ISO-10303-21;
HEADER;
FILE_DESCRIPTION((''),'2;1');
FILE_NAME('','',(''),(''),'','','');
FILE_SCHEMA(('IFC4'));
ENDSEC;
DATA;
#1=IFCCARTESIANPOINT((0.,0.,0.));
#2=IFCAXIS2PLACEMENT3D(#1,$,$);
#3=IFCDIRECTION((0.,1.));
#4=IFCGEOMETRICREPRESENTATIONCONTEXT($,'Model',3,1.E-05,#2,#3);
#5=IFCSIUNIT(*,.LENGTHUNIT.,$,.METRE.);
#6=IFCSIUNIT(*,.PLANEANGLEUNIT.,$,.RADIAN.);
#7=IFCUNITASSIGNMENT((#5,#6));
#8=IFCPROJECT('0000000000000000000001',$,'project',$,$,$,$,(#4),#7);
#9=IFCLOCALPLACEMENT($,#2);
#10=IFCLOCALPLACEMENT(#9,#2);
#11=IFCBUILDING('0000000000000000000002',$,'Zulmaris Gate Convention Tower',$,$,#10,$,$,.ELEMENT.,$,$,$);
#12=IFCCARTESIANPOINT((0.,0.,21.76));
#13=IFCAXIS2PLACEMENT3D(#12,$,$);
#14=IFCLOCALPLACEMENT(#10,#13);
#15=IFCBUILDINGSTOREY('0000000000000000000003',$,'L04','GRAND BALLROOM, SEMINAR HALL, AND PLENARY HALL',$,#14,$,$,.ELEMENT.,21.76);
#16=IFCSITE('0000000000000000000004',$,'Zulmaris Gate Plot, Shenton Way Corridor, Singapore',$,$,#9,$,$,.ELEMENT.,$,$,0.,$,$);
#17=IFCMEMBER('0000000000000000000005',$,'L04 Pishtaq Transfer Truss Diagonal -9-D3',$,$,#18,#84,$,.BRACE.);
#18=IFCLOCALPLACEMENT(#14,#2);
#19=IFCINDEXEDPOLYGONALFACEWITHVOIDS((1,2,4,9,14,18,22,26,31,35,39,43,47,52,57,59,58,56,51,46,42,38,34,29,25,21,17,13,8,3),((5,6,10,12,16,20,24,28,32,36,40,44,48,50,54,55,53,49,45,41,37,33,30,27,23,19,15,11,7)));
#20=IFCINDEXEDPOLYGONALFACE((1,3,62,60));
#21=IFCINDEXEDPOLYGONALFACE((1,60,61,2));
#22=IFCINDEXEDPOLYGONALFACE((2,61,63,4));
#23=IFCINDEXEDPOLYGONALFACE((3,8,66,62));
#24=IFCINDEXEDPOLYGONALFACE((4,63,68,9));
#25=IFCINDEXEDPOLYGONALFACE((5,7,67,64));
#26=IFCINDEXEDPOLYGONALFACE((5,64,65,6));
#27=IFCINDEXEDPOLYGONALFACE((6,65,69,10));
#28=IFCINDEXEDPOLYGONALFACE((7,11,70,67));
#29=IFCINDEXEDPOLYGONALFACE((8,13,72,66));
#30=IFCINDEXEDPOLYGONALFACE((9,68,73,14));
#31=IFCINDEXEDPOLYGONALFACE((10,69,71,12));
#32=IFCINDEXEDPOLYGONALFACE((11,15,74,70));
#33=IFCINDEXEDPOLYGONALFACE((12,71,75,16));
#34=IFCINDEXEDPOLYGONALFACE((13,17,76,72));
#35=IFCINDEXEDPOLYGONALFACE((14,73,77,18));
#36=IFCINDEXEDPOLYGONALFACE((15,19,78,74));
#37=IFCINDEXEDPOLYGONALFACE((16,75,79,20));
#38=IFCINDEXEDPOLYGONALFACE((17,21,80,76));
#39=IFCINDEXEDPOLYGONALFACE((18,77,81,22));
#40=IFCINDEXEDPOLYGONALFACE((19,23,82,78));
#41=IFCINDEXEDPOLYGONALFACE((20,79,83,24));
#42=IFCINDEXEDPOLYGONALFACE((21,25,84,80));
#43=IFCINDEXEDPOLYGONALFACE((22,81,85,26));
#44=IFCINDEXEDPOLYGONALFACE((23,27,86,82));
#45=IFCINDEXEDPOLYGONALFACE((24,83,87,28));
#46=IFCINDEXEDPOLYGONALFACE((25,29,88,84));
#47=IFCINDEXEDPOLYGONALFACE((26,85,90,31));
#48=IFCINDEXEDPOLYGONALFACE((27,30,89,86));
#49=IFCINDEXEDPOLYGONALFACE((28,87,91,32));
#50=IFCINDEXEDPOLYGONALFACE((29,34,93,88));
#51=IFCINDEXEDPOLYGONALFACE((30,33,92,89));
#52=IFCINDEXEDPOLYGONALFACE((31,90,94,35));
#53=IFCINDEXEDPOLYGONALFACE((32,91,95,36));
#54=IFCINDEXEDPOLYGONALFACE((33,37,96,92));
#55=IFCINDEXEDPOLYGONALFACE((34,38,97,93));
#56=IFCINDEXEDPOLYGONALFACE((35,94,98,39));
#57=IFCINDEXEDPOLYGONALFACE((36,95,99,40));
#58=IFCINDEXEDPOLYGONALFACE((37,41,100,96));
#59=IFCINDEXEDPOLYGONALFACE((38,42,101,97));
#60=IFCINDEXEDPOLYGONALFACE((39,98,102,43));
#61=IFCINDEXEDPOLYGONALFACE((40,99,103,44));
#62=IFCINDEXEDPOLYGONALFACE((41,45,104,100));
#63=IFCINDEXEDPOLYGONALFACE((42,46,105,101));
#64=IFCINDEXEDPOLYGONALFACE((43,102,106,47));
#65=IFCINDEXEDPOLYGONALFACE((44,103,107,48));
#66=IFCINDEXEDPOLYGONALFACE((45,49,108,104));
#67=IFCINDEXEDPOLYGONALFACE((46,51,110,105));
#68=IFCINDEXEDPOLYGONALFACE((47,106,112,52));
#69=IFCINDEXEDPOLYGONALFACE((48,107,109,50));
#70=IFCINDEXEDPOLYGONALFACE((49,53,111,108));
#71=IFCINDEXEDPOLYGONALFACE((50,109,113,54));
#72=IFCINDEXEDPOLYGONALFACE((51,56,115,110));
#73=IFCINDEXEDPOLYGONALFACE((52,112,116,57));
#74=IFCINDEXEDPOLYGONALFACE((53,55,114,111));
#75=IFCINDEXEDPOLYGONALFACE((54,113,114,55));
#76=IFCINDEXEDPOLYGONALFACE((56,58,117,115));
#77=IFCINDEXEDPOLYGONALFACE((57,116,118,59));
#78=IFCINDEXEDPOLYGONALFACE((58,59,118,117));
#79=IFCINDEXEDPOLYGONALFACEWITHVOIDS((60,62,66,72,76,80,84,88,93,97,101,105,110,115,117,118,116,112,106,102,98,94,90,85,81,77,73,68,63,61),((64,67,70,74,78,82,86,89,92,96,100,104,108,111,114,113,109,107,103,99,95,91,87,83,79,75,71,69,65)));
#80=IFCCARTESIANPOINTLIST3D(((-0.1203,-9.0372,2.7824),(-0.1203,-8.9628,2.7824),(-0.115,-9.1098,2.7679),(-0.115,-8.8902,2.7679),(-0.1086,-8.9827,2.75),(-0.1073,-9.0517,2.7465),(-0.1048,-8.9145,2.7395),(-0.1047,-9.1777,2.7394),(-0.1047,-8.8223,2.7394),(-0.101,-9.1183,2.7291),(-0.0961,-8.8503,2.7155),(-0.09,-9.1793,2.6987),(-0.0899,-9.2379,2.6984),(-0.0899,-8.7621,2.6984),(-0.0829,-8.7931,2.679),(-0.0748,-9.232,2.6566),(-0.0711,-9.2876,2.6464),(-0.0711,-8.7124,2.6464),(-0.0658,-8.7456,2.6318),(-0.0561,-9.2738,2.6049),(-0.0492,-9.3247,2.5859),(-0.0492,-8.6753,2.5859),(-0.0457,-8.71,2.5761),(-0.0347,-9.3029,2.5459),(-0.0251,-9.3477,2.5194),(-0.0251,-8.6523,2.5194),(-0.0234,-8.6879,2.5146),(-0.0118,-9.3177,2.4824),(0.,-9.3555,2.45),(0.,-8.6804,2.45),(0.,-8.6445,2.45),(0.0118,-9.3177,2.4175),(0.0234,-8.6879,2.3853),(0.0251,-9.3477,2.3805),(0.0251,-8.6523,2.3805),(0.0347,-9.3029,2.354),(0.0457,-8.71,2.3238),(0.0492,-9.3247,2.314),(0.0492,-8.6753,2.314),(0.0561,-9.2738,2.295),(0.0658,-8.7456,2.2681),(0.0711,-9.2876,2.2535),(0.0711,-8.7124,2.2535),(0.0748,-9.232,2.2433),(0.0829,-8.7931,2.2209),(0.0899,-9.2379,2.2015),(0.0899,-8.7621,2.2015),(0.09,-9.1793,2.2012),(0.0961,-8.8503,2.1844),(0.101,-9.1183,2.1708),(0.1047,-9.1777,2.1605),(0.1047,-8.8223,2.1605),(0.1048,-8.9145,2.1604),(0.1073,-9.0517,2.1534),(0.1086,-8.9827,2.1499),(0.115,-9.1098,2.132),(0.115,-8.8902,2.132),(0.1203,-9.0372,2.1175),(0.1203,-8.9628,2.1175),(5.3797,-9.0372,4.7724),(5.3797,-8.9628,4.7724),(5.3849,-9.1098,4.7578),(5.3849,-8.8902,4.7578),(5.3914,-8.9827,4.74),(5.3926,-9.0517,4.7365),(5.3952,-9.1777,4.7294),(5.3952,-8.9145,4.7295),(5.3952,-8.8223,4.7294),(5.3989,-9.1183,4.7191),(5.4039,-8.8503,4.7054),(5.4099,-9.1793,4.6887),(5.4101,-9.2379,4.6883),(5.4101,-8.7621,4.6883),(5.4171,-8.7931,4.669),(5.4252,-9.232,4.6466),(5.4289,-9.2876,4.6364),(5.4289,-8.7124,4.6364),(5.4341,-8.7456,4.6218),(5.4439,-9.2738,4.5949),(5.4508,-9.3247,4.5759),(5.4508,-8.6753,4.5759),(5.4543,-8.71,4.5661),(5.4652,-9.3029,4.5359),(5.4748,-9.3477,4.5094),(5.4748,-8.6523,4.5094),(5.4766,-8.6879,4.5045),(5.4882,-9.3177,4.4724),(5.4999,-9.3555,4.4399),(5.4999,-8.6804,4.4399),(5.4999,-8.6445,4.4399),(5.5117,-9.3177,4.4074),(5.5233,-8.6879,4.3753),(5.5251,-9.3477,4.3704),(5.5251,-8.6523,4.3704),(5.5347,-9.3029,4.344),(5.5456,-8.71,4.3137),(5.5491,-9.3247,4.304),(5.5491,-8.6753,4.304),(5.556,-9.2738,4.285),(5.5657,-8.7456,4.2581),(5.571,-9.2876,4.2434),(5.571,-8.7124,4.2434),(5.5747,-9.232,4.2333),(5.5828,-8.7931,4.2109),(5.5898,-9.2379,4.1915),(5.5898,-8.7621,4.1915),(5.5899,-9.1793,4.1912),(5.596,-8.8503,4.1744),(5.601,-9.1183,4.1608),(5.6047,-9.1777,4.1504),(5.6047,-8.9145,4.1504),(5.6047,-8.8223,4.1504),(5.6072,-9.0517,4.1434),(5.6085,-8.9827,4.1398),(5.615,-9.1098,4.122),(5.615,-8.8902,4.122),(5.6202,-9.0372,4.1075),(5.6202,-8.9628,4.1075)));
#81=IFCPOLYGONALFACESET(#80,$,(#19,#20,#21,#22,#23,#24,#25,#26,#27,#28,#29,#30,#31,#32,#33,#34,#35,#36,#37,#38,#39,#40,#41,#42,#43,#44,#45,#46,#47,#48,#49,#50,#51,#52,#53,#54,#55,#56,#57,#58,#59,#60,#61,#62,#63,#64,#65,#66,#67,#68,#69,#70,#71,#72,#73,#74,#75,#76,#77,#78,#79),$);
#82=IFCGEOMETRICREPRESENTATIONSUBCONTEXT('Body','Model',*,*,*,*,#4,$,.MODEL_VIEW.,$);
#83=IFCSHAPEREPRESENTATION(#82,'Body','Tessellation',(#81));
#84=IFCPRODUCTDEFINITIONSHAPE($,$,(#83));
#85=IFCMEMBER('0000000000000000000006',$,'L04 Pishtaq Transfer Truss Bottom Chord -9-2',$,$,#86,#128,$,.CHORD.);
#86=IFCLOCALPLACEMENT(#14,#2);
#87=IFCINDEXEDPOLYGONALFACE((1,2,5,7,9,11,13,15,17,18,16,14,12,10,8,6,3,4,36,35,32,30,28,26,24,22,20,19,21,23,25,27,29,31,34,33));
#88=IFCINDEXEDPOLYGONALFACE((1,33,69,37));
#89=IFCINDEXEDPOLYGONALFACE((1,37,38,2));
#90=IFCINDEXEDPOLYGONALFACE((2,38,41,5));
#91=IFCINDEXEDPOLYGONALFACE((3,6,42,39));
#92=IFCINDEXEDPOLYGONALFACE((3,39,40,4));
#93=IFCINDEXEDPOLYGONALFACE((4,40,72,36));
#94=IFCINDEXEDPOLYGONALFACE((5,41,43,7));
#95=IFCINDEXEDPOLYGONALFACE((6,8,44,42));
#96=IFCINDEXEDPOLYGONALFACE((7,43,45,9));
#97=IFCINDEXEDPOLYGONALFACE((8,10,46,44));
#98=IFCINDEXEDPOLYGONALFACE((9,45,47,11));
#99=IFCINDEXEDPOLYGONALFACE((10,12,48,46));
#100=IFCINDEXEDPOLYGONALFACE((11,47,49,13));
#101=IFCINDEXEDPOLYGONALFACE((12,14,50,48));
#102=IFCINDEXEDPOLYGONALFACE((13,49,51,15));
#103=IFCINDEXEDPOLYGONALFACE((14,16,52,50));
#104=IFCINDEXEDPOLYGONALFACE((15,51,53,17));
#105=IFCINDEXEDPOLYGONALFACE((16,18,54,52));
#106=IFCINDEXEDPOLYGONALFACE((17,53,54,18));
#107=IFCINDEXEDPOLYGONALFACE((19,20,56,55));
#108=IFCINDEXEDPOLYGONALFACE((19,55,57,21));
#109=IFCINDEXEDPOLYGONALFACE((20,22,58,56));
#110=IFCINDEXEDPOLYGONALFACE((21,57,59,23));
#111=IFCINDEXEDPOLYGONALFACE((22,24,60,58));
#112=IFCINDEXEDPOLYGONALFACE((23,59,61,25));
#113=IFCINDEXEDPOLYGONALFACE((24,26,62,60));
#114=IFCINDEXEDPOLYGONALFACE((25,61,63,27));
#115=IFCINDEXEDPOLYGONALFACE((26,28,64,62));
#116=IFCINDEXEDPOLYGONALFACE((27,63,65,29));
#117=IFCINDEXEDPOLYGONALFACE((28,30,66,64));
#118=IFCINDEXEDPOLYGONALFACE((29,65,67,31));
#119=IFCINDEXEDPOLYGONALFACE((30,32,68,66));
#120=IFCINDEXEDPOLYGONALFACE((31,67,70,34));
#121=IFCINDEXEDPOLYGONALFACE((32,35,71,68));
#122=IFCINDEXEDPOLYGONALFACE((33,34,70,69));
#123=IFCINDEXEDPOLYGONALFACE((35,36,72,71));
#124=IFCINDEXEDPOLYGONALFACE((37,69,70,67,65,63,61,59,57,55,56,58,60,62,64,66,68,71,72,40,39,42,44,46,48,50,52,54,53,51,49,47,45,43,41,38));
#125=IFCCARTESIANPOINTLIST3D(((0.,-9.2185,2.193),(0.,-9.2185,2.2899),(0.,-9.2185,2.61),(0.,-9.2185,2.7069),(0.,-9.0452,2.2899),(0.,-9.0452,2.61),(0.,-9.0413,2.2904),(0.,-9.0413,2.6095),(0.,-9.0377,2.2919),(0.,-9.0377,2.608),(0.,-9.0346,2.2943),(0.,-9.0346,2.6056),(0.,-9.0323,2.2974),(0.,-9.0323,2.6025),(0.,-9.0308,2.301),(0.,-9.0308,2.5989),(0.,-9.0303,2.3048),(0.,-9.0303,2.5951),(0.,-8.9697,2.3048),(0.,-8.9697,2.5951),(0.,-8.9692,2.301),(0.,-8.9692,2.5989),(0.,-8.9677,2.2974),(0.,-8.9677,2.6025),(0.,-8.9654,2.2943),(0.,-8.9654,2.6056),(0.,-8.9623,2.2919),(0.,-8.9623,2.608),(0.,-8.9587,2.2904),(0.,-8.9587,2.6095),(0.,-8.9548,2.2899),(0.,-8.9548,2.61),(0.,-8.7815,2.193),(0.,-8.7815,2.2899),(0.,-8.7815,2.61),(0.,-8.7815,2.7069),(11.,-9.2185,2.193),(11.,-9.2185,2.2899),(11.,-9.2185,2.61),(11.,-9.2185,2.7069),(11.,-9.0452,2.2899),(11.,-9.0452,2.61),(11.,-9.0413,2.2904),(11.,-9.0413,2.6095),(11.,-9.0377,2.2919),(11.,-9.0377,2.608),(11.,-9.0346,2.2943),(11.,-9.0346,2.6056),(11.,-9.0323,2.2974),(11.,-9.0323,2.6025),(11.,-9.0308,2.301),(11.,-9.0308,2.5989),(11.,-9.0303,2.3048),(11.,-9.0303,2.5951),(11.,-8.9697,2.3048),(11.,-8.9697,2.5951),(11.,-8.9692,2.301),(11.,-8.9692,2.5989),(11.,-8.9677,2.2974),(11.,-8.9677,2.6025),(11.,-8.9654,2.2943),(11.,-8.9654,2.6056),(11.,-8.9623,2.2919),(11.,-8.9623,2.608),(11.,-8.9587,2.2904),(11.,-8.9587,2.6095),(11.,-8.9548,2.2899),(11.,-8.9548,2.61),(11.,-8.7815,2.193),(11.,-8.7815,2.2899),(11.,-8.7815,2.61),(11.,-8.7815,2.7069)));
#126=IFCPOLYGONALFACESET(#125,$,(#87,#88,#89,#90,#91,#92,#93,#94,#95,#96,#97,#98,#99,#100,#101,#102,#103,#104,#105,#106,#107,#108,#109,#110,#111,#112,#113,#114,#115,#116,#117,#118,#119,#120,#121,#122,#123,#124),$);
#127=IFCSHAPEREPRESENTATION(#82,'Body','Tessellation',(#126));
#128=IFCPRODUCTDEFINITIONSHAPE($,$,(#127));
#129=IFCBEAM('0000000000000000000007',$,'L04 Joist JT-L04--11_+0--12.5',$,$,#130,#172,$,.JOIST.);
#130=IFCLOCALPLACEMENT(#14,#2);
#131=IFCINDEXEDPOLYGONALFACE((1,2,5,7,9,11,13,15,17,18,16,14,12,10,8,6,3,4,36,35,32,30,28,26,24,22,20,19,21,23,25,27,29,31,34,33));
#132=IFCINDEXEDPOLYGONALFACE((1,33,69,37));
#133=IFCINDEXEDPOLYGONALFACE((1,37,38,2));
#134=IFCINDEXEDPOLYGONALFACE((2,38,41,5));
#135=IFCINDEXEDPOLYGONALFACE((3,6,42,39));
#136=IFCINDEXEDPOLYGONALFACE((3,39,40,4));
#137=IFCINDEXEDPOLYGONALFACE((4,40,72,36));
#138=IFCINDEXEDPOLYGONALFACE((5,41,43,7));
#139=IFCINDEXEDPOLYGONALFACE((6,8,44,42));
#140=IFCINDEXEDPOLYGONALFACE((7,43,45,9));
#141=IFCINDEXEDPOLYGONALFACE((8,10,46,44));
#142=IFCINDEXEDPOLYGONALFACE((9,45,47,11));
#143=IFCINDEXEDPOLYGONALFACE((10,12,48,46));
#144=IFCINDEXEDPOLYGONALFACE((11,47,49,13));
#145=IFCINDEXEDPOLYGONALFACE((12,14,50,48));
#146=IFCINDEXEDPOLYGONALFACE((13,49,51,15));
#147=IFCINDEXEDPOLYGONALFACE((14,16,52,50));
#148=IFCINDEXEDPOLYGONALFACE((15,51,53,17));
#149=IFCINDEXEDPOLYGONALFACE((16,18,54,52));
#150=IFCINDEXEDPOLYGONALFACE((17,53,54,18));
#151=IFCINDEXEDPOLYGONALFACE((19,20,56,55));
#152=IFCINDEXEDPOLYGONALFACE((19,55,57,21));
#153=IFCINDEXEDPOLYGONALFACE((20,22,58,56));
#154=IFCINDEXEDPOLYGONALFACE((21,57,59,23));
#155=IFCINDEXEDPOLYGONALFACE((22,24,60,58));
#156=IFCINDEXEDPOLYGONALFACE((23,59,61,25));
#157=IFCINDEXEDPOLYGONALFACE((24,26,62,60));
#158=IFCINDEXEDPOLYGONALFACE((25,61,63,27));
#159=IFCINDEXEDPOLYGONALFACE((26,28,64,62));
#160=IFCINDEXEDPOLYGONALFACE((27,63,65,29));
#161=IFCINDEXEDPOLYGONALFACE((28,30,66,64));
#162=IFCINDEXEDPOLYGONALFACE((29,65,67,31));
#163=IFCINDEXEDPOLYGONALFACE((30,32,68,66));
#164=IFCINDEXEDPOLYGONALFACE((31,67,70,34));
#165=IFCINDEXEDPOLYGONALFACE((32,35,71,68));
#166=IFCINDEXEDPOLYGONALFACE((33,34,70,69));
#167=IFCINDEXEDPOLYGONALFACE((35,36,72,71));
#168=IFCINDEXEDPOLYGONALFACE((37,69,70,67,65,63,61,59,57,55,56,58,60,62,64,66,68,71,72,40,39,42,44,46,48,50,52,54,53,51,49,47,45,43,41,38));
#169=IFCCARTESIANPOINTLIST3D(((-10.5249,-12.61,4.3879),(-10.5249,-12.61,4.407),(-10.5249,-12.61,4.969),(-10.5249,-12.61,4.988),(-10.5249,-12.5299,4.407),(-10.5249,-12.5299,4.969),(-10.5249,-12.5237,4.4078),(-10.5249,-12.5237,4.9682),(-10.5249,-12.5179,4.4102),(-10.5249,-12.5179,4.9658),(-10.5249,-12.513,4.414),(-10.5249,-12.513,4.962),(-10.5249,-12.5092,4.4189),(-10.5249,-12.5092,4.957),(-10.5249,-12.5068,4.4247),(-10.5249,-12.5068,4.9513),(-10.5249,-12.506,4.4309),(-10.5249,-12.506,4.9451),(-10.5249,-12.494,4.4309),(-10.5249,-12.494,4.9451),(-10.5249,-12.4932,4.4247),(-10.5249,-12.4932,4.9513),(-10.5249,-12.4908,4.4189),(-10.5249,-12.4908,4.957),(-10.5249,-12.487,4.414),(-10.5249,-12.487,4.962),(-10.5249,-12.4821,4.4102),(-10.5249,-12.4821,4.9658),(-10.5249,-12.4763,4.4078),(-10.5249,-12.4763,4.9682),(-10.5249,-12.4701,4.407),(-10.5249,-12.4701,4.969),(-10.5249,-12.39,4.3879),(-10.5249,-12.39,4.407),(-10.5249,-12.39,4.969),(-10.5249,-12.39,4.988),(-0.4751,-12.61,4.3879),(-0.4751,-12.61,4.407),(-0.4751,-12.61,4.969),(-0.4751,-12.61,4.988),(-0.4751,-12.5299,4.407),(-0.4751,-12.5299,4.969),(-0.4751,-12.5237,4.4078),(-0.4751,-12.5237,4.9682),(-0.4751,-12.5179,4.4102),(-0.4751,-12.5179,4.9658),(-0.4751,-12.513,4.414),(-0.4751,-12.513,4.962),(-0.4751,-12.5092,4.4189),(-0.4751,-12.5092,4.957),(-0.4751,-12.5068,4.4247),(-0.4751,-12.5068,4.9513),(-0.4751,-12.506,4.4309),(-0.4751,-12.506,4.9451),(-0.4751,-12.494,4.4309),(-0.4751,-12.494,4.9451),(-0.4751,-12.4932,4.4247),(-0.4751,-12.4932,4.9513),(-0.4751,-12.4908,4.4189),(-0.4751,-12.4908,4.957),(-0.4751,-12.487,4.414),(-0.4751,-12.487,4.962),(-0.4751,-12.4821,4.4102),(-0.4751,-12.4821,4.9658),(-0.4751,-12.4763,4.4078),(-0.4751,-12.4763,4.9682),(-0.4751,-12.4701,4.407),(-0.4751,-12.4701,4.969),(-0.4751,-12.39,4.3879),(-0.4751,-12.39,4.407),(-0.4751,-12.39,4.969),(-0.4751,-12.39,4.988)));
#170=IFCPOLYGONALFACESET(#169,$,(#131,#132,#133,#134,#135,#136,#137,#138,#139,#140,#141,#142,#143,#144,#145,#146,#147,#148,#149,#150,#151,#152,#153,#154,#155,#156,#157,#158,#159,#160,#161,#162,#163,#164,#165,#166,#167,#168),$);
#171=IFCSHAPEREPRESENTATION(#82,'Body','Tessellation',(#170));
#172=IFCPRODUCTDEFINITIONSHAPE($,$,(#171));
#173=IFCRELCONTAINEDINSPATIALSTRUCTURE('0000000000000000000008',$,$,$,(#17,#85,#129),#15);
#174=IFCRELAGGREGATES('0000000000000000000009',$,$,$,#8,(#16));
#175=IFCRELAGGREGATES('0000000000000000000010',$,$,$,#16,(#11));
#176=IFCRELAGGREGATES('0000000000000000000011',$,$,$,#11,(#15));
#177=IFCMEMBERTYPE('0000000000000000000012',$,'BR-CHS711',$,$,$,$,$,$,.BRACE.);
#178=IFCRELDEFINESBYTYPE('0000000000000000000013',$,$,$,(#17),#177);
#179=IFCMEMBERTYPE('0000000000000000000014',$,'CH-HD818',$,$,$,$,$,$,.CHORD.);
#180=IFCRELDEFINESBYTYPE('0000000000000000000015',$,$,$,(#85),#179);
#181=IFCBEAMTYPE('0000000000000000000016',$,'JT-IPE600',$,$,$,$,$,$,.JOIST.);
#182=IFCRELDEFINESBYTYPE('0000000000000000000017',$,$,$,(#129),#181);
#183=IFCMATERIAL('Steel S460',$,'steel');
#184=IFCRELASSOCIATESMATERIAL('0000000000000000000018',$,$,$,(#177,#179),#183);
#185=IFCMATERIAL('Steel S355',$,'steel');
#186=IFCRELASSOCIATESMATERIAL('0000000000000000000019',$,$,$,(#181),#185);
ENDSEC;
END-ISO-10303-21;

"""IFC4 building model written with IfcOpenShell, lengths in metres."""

from ifc_helpers import new_model, si_unit, direction, frame, origin, origin_2d, place, context, subcontext, project, spatial, hollow_circle, i_section, extrude, material, material_profile, profile_set, type_object, element, save


model = new_model("IFC4")

# Units and contexts
model_context = context("Model", 3, precision=1e-05, world=origin(), true_north=direction((0.0, 1.0)))
body_context = subcontext(model_context, "Body", "Model", "MODEL_VIEW")
ifc_project = project(units=[si_unit("LENGTHUNIT", "METRE"), si_unit("PLANEANGLEUNIT", "RADIAN")], contexts=[model_context])

# Site, building, storey
site_placement = place(None, origin())
site = spatial("IfcSite", under=ifc_project, at=site_placement, Name="Zulmaris Gate Plot, Shenton Way Corridor, Singapore", CompositionType="ELEMENT", RefElevation=0.0)
building_placement = place(site_placement, origin())
building = spatial("IfcBuilding", under=site, at=building_placement, Name="Zulmaris Gate Convention Tower", CompositionType="ELEMENT")
storey_placement = place(building_placement, frame((0.0, 0.0, 21.76)))
storey = spatial("IfcBuildingStorey", under=building, at=storey_placement, Name="L04", Description="GRAND BALLROOM, SEMINAR HALL, AND PLENARY HALL", CompositionType="ELEMENT", Elevation=21.76)

# Shared definitions
ifc_material_1 = material(Name="Steel S460", Category="steel")

# Members
ifc_material_profile_1 = material_profile(ifc_material_1, hollow_circle(Radius=0.3555, WallThickness=0.0359, at=origin_2d()), Name="CHS 711x36")
ifc_profile_set_1 = profile_set([ifc_material_profile_1], Name="Steel S460")
member_type_1 = type_object("IfcMemberType", Name="BR-CHS711", PredefinedType="BRACE", material=ifc_profile_set_1)
for number, where, z_axis, x_axis, name in (
    (1, (0.0, -9.0, 2.45), (0.940342, 0.0, 0.340231), (0.0, 1.0, 0.0), "L04 Pishtaq Transfer Truss Diagonal -9-D3"),
):
    element("IfcMember", number, at=place(storey_placement, frame(where, z_axis=z_axis, x_axis=x_axis)), inside=storey, type_object=member_type_1, Name=name, PredefinedType="BRACE", context=body_context, shape_type="SweptSolid", body=[
        extrude(hollow_circle(Radius=0.3555, WallThickness=0.0359, at=origin_2d()), origin(), (0.0, 0.0, 1.0), 5.8489),
    ])
ifc_material_profile_2 = material_profile(ifc_material_1, i_section(OverallWidth=0.437, OverallDepth=0.5139, WebThickness=0.0605, FlangeThickness=0.0969, FilletRadius=0.0149, at=origin_2d()), Name="HD 400x818")
ifc_profile_set_2 = profile_set([ifc_material_profile_2], Name="Steel S460")
member_type_2 = type_object("IfcMemberType", Name="CH-HD818", PredefinedType="CHORD", material=ifc_profile_set_2)
member_placement = place(storey_placement, frame((0.0, -9.0, 2.45), z_axis=(1.0, 0.0, 0.0), x_axis=(0.0, 1.0, 0.0)))
element("IfcMember", 2, at=member_placement, inside=storey, type_object=member_type_2, Name="L04 Pishtaq Transfer Truss Bottom Chord -9-2", PredefinedType="CHORD", context=body_context, shape_type="SweptSolid", body=[
    extrude(i_section(OverallWidth=0.437, OverallDepth=0.5139, WebThickness=0.0605, FlangeThickness=0.0969, FilletRadius=0.0149, at=origin_2d()), origin(), (0.0, 0.0, 1.0), 11.0),
])

# Beam
ifc_material_2 = material(Name="Steel S355", Category="steel")
ifc_material_profile_3 = material_profile(ifc_material_2, i_section(OverallWidth=0.22, OverallDepth=0.6001, WebThickness=0.012, FlangeThickness=0.019, FilletRadius=0.0239, at=origin_2d()), Name="IPE 600")
ifc_profile_set_3 = profile_set([ifc_material_profile_3], Name="Steel S355")
beam_type_1 = type_object("IfcBeamType", Name="JT-IPE600", PredefinedType="JOIST", material=ifc_profile_set_3)
for number, where, z_axis, x_axis, name in (
    (3, (-10.5249, -12.5, 4.688), (1.0, 0.0, 0.0), (0.0, 1.0, 0.0), "L04 Joist JT-L04--11_+0--12.5"),
):
    element("IfcBeam", number, at=place(storey_placement, frame(where, z_axis=z_axis, x_axis=x_axis)), inside=storey, type_object=beam_type_1, Name=name, PredefinedType="JOIST", context=body_context, shape_type="SweptSolid", body=[
        extrude(i_section(OverallWidth=0.22, OverallDepth=0.6001, WebThickness=0.012, FlangeThickness=0.019, FilletRadius=0.0239, at=origin_2d()), origin(), (0.0, 0.0, 1.0), 10.0498),
    ])

save(model, "model.ifc")
